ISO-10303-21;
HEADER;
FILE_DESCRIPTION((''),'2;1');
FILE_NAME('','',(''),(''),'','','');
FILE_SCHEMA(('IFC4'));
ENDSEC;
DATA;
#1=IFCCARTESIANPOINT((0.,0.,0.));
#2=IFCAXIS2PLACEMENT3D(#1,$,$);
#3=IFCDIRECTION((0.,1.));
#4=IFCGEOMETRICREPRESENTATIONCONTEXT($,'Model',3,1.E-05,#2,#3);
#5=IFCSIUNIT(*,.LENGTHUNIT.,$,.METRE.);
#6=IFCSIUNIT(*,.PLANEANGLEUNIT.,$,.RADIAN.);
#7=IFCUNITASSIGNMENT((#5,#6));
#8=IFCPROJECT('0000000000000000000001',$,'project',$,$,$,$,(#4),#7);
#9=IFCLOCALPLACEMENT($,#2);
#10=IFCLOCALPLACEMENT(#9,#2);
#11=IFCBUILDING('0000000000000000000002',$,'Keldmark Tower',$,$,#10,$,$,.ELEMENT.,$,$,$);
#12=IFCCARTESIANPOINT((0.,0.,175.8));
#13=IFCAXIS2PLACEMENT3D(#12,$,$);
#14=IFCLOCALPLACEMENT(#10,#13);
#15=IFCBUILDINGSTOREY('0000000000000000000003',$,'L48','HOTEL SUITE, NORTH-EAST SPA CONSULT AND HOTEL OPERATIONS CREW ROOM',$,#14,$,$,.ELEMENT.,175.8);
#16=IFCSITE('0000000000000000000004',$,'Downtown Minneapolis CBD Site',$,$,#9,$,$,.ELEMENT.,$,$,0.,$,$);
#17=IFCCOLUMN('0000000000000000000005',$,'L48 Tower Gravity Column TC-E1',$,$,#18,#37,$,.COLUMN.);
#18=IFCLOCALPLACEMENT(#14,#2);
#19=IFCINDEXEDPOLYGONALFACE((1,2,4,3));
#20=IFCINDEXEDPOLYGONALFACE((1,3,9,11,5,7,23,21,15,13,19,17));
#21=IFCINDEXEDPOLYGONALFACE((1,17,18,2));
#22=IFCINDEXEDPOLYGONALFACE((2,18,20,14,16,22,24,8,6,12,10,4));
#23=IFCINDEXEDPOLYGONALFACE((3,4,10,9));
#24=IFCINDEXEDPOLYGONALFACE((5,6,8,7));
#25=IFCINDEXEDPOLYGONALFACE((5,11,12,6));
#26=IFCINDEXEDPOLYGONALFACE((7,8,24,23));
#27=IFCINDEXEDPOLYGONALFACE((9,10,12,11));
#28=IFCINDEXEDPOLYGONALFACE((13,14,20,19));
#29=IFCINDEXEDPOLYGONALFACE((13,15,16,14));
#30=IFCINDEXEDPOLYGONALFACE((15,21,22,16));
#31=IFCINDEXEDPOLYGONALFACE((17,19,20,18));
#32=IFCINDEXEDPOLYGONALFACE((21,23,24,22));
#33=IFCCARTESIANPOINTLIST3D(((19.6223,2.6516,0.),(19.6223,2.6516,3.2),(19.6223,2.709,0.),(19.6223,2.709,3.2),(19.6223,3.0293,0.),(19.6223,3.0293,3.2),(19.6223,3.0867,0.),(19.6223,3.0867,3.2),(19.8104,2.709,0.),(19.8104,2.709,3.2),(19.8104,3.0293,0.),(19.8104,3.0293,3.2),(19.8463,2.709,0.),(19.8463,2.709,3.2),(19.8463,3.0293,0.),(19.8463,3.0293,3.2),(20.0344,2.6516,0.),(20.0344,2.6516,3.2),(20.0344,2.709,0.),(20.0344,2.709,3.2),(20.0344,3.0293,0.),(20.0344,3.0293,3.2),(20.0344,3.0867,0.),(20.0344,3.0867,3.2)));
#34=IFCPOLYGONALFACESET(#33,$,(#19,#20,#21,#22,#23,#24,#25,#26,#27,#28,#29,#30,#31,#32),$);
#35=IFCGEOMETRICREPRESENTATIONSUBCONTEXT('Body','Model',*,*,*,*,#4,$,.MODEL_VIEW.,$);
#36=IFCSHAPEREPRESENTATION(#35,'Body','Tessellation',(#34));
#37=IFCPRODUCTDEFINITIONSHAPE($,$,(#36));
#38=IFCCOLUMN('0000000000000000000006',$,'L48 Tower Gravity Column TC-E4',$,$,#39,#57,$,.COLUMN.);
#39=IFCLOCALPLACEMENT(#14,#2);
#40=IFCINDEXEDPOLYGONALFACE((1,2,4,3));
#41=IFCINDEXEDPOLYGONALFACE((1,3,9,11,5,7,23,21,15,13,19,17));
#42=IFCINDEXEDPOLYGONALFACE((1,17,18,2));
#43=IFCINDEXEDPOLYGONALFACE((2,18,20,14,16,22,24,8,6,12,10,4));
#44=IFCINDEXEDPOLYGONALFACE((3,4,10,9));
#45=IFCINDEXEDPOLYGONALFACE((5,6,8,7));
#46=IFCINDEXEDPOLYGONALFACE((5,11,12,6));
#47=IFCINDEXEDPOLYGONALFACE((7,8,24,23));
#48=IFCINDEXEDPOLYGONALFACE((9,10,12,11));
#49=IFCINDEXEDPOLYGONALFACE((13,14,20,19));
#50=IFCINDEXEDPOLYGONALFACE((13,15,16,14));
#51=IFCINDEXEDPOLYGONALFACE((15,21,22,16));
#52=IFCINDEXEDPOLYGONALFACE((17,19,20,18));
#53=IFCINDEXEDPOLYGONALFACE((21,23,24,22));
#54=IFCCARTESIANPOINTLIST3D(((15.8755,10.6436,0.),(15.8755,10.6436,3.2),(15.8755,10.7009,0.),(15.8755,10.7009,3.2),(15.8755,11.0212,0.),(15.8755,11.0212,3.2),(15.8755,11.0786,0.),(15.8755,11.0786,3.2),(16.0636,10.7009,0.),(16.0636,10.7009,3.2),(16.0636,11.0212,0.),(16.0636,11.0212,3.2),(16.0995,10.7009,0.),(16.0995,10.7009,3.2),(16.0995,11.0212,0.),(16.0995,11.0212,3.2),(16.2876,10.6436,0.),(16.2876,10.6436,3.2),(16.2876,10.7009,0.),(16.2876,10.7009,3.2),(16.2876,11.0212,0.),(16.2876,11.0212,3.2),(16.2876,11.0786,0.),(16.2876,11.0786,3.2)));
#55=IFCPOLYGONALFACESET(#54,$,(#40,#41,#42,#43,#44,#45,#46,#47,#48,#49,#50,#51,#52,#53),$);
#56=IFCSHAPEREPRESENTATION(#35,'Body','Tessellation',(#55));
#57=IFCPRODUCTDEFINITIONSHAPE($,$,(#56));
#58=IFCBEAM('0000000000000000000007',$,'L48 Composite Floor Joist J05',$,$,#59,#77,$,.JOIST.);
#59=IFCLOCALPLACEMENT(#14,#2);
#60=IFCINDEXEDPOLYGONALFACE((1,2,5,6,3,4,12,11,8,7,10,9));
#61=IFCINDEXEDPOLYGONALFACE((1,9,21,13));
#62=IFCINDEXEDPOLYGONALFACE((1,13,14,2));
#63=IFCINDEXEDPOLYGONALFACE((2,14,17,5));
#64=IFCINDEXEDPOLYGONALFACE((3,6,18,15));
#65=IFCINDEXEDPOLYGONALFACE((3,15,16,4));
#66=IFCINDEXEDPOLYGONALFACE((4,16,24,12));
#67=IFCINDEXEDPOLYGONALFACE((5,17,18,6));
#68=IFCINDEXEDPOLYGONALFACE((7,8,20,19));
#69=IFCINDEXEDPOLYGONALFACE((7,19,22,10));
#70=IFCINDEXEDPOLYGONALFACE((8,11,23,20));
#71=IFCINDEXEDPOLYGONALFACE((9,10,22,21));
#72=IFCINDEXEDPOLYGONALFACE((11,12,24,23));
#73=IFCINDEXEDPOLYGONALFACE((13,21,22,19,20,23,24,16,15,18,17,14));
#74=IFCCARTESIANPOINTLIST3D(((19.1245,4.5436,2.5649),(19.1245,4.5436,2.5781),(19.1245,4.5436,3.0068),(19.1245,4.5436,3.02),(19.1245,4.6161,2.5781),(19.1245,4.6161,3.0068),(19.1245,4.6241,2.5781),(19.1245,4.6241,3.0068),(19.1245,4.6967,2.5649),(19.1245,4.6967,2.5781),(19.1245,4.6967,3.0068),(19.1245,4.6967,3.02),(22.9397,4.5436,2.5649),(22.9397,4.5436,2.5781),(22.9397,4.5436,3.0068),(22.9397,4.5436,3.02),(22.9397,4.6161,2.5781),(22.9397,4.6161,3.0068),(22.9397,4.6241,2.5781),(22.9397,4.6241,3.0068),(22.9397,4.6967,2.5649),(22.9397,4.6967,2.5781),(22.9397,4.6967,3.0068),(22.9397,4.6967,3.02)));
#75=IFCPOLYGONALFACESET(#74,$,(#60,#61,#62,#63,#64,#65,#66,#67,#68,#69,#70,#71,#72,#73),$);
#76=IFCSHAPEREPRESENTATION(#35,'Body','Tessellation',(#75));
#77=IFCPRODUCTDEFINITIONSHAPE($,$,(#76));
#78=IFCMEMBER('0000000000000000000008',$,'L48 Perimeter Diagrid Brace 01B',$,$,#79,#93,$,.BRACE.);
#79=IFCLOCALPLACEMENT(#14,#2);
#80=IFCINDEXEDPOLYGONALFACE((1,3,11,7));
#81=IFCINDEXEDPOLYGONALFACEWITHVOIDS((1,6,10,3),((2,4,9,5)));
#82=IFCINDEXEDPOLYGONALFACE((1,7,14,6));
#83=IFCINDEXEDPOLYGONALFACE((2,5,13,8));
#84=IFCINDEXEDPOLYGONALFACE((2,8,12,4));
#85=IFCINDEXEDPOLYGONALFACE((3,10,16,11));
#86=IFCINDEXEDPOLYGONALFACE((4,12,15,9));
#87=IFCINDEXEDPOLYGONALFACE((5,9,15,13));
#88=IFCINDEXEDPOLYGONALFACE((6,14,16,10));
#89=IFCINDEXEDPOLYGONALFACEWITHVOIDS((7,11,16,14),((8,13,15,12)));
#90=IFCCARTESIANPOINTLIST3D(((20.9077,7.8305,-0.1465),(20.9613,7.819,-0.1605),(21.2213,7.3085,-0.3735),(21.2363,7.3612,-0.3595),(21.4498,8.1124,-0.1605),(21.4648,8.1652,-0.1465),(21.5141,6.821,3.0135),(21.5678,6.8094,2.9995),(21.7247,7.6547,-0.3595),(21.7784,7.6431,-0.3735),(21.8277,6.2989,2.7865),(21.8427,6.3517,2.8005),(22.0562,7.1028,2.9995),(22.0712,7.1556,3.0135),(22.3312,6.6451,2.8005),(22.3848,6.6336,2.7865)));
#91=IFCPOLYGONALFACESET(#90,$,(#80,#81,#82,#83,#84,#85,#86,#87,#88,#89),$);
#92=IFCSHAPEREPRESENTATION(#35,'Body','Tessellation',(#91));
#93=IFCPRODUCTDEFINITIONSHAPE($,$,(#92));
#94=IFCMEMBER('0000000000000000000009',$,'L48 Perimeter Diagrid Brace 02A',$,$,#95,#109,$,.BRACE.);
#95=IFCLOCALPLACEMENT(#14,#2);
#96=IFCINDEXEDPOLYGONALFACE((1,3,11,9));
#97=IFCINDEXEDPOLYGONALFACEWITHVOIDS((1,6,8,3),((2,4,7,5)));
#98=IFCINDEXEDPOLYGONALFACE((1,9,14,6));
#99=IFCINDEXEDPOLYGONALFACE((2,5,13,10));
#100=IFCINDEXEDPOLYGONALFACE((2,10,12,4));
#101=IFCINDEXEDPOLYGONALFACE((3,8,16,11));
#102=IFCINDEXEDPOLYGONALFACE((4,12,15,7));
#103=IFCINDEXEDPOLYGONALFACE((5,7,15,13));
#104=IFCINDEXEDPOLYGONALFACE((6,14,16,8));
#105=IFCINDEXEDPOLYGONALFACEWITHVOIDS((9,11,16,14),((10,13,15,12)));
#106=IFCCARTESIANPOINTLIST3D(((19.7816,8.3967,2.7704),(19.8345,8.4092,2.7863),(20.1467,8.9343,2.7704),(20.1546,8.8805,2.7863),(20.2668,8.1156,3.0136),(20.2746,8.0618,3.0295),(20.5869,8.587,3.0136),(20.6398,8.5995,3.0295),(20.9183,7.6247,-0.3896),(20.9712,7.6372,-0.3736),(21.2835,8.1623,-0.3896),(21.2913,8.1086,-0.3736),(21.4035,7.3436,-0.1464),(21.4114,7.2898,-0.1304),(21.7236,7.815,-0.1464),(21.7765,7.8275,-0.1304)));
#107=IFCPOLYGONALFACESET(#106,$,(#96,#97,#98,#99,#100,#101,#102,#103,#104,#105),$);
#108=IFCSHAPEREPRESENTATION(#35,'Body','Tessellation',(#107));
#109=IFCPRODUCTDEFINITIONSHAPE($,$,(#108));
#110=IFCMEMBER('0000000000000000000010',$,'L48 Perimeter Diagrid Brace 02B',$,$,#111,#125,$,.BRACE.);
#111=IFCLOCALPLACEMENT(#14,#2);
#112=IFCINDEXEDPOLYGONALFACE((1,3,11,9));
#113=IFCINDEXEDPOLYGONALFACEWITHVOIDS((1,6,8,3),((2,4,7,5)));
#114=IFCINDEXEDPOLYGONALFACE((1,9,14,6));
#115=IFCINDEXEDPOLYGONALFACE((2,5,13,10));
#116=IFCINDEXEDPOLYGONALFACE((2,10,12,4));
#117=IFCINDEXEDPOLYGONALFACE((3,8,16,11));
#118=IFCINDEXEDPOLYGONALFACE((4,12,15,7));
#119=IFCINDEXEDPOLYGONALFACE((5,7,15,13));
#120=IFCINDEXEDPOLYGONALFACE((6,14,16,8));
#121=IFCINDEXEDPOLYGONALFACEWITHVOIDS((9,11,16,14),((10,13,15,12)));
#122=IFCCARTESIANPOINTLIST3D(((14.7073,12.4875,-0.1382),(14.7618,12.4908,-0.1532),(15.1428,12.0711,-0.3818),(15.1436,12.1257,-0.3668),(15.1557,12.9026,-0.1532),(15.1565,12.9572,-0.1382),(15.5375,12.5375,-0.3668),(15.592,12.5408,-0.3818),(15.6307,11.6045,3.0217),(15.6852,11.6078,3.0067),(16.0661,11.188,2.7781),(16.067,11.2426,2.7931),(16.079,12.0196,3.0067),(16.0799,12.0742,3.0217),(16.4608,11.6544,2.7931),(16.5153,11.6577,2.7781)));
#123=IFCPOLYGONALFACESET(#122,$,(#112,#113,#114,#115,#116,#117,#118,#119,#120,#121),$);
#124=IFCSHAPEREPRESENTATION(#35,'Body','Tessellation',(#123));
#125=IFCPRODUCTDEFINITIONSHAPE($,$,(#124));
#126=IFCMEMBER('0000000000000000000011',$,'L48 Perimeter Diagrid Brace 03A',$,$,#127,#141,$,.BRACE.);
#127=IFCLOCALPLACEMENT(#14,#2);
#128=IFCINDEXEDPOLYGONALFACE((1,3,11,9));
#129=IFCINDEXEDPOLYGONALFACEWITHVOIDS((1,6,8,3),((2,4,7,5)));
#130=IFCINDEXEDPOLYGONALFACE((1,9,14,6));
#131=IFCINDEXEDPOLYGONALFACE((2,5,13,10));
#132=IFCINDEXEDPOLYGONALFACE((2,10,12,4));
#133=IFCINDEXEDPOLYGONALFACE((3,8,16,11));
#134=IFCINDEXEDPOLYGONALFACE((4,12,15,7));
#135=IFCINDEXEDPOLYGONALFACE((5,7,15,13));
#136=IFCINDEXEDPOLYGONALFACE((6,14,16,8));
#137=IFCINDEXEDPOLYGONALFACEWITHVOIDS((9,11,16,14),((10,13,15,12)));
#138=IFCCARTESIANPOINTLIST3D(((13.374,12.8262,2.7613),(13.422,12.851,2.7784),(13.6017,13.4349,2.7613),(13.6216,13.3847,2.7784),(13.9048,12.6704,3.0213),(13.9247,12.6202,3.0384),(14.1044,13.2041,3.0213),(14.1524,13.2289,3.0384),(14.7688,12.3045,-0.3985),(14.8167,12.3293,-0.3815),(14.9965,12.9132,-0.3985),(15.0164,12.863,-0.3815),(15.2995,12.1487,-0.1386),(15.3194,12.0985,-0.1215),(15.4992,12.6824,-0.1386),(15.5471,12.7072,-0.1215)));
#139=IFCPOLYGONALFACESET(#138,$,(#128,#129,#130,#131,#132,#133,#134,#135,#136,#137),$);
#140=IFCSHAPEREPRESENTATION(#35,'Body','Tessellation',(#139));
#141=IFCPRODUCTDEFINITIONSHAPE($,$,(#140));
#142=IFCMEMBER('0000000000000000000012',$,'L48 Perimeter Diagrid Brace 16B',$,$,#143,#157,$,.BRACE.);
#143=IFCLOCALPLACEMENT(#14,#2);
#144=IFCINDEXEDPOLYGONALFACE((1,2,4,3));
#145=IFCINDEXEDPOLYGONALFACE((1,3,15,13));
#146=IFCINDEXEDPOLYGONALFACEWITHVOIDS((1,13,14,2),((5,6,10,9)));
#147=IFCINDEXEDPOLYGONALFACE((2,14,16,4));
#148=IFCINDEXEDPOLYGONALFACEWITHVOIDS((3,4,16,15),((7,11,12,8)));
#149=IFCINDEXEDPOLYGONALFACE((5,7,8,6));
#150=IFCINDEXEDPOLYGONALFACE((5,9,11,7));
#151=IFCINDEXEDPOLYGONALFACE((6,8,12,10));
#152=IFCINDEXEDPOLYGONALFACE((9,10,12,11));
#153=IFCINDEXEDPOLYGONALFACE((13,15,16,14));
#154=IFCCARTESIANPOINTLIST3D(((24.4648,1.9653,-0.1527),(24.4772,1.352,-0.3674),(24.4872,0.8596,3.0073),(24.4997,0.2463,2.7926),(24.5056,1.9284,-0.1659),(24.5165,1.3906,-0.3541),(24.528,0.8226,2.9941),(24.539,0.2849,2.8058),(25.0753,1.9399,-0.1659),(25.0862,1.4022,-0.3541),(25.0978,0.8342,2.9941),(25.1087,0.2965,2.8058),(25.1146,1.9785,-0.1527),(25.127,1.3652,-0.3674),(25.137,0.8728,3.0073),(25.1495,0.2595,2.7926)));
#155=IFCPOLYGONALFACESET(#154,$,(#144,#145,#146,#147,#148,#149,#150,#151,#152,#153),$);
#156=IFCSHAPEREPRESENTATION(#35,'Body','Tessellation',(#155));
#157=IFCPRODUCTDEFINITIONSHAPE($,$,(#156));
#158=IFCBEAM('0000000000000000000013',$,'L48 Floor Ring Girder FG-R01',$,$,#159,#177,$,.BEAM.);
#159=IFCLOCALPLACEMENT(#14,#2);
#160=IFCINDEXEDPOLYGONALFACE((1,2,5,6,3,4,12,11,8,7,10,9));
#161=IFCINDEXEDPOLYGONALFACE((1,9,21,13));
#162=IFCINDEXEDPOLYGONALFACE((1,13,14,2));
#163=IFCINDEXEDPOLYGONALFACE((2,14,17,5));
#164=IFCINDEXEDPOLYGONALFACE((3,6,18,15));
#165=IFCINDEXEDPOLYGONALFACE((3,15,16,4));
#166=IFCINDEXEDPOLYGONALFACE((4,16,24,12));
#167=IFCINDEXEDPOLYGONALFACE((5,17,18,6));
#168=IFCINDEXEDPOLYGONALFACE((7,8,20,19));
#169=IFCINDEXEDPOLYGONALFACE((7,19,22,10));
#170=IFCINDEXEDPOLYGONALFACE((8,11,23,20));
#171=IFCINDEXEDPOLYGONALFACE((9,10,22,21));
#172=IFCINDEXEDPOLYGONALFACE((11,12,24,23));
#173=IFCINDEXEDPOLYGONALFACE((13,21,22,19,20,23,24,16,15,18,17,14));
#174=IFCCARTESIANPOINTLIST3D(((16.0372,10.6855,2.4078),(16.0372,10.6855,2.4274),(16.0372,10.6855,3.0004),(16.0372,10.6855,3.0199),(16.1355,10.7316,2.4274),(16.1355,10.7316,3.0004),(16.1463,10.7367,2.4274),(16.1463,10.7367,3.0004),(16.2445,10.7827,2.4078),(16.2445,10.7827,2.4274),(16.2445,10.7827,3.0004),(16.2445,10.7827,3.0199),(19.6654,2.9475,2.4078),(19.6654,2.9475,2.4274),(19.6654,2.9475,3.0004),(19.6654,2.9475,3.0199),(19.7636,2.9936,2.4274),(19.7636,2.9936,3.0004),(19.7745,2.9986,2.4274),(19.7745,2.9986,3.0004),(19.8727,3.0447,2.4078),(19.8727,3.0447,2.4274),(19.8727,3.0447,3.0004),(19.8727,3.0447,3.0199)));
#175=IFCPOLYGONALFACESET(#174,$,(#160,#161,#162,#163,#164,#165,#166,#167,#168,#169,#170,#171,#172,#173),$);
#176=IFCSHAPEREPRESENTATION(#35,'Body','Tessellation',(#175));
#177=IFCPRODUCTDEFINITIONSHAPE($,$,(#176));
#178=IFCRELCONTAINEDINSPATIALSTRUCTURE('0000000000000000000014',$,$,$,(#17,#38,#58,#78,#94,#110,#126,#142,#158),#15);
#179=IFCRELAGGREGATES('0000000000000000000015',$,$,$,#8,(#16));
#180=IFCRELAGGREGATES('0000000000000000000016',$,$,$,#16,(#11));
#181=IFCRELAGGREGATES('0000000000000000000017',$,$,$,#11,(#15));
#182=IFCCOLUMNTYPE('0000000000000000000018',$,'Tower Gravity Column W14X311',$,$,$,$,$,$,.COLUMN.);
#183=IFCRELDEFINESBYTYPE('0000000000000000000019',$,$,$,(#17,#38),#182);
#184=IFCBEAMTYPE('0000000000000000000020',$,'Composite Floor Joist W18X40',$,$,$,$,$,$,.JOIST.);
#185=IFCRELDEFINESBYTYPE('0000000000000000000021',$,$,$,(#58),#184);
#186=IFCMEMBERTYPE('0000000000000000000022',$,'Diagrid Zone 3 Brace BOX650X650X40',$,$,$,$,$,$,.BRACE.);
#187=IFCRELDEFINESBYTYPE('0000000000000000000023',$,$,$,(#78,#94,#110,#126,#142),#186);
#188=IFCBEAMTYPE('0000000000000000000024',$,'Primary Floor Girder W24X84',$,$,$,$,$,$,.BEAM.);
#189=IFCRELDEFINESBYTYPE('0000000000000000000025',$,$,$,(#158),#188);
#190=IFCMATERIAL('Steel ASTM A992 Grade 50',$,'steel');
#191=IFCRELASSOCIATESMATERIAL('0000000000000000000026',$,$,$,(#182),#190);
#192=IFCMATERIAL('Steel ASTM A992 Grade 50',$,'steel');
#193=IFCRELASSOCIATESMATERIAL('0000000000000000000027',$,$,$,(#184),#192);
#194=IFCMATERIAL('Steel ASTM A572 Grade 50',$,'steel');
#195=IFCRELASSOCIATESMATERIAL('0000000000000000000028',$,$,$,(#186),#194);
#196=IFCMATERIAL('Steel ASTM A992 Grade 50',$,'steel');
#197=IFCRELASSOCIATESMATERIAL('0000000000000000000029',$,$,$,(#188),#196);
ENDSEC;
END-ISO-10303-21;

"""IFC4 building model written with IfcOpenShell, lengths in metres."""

from ifc_helpers import new_model, si_unit, direction, frame, origin, origin_2d, place, context, subcontext, project, spatial, hollow_rectangle, i_section, extrude, material, material_profile, profile_set, type_object, element, save


model = new_model("IFC4")

# Units and contexts
model_context = context("Model", 3, precision=1e-05, world=origin(), true_north=direction((0.0, 1.0)))
body_context = subcontext(model_context, "Body", "Model", "MODEL_VIEW")
ifc_project = project(units=[si_unit("LENGTHUNIT", "METRE"), si_unit("PLANEANGLEUNIT", "RADIAN")], contexts=[model_context])

# Site, building, storey
site_placement = place(None, origin())
site = spatial("IfcSite", under=ifc_project, at=site_placement, Name="Downtown Minneapolis CBD Site", CompositionType="ELEMENT", RefElevation=0.0)
building_placement = place(site_placement, origin())
building = spatial("IfcBuilding", under=site, at=building_placement, Name="Keldmark Tower", CompositionType="ELEMENT")
storey_placement = place(building_placement, frame((0.0, 0.0, 175.8)))
storey = spatial("IfcBuildingStorey", under=building, at=storey_placement, Name="L48", Description="HOTEL SUITE, NORTH-EAST SPA CONSULT AND HOTEL OPERATIONS CREW ROOM", CompositionType="ELEMENT", Elevation=175.8)

# Columns
ifc_material_1 = material(Name="Steel ASTM A992 Grade 50", Category="steel")
ifc_material_profile_1 = material_profile(ifc_material_1, i_section(OverallWidth=0.4121, OverallDepth=0.4351, WebThickness=0.0359, FlangeThickness=0.0574, at=origin_2d()), Name="W14X311")
ifc_profile_set_1 = profile_set([ifc_material_profile_1], Name="Steel ASTM A992 Grade 50")
column_type = type_object("IfcColumnType", Name="Tower Gravity Column W14X311", PredefinedType="COLUMN", material=ifc_profile_set_1)
for number, where, z_axis, x_axis, name in (
    (1, (19.8284, 2.8691, 0.0), (0.0, 0.0, 1.0), (1.0, 0.0, 0.0), "L48 Tower Gravity Column TC-E1"),
    (2, (16.0815, 10.8611, 0.0), (0.0, 0.0, 1.0), (1.0, 0.0, 0.0), "L48 Tower Gravity Column TC-E4"),
):
    element("IfcColumn", number, at=place(storey_placement, frame(where, z_axis=z_axis, x_axis=x_axis)), inside=storey, type_object=column_type, Name=name, PredefinedType="COLUMN", context=body_context, shape_type="SweptSolid", body=[
        extrude(i_section(OverallWidth=0.4121, OverallDepth=0.4351, WebThickness=0.0359, FlangeThickness=0.0574, at=origin_2d()), origin(), (0.0, 0.0, 1.0), 3.2),
    ])

# Beam
ifc_material_2 = material(Name="Steel ASTM A992 Grade 50", Category="steel")
ifc_material_profile_2 = material_profile(ifc_material_2, i_section(OverallWidth=0.1531, OverallDepth=0.4551, WebThickness=0.0081, FlangeThickness=0.0132, at=origin_2d()), Name="W18X40")
ifc_profile_set_2 = profile_set([ifc_material_profile_2], Name="Steel ASTM A992 Grade 50")
beam_type_1 = type_object("IfcBeamType", Name="Composite Floor Joist W18X40", PredefinedType="JOIST", material=ifc_profile_set_2)
beam_1_placement = place(storey_placement, frame((19.1245, 4.6201, 2.7925), z_axis=(1.0, 0.0, 0.0), x_axis=(0.0, 1.0, 0.0)))
element("IfcBeam", 3, at=beam_1_placement, inside=storey, type_object=beam_type_1, Name="L48 Composite Floor Joist J05", PredefinedType="JOIST", context=body_context, shape_type="SweptSolid", body=[
    extrude(i_section(OverallWidth=0.1531, OverallDepth=0.4551, WebThickness=0.0081, FlangeThickness=0.0132, at=origin_2d()), origin(), (0.0, 0.0, 1.0), 3.8152),
])

# Members
ifc_material_3 = material(Name="Steel ASTM A572 Grade 50", Category="steel")
ifc_material_profile_3 = material_profile(ifc_material_3, hollow_rectangle(XDim=0.6499, YDim=0.6499, WallThickness=0.04, at=origin_2d()), Name="BOX650X650X40")
ifc_profile_set_3 = profile_set([ifc_material_profile_3], Name="Steel ASTM A572 Grade 50")
member_type = type_object("IfcMemberType", Name="Diagrid Zone 3 Brace BOX650X650X40", PredefinedType="BRACE", material=ifc_profile_set_3)
member_1_placement = place(storey_placement, frame((21.343, 7.7368, -0.26), z_axis=(0.179835, -0.299363, 0.937039), x_axis=(0.857218, 0.514953, 0.0)))
element("IfcMember", 4, at=member_1_placement, inside=storey, type_object=member_type, Name="L48 Perimeter Diagrid Brace 01B", PredefinedType="BRACE", context=body_context, shape_type="SweptSolid", body=[
    extrude(hollow_rectangle(XDim=0.6499, YDim=0.6499, WallThickness=0.04, at=origin_2d()), origin(), (0.0, 0.0, 1.0), 3.3723),
])
member_2_placement = place(storey_placement, frame((21.3474, 7.7261, -0.26), z_axis=(-0.329891, 0.224037, 0.917049), x_axis=(-0.561814, -0.827263, 0.0)))
element("IfcMember", 5, at=member_2_placement, inside=storey, type_object=member_type, Name="L48 Perimeter Diagrid Brace 02A", PredefinedType="BRACE", context=body_context, shape_type="SweptSolid", body=[
    extrude(hollow_rectangle(XDim=0.6499, YDim=0.6499, WallThickness=0.04, at=origin_2d()), origin(), (0.0, 0.0, 1.0), 3.4458),
])
member_3_placement = place(storey_placement, frame((15.1497, 12.5142, -0.26), z_axis=(0.270899, -0.25908, 0.927087), x_axis=(0.691166, 0.722696, 0.0)))
element("IfcMember", 6, at=member_3_placement, inside=storey, type_object=member_type, Name="L48 Perimeter Diagrid Brace 02B", PredefinedType="BRACE", context=body_context, shape_type="SweptSolid", body=[
    extrude(hollow_rectangle(XDim=0.6499, YDim=0.6499, WallThickness=0.04, at=origin_2d()), origin(), (0.0, 0.0, 1.0), 3.4084),
])
member_4_placement = place(storey_placement, frame((15.158, 12.5059, -0.26), z_axis=(-0.39928, 0.149354, 0.904582), x_axis=(-0.350351, -0.936619, 0.0)))
element("IfcMember", 7, at=member_4_placement, inside=storey, type_object=member_type, Name="L48 Perimeter Diagrid Brace 03A", PredefinedType="BRACE", context=body_context, shape_type="SweptSolid", body=[
    extrude(hollow_rectangle(XDim=0.6499, YDim=0.6499, WallThickness=0.04, at=origin_2d()), origin(), (0.0, 0.0, 1.0), 3.4932),
])
member_5_placement = place(storey_placement, frame((24.7959, 1.6653, -0.26), z_axis=(0.006709, -0.330275, 0.943861), x_axis=(0.999794, 0.020309, 0.0)))
element("IfcMember", 8, at=member_5_placement, inside=storey, type_object=member_type, Name="L48 Perimeter Diagrid Brace 16B", PredefinedType="BRACE", context=body_context, shape_type="SweptSolid", body=[
    extrude(hollow_rectangle(XDim=0.6499, YDim=0.6499, WallThickness=0.04, at=origin_2d()), origin(), (0.0, 0.0, 1.0), 3.3479),
])

# Beam
ifc_material_4 = material(Name="Steel ASTM A992 Grade 50", Category="steel")
ifc_material_profile_4 = material_profile(ifc_material_4, i_section(OverallWidth=0.229, OverallDepth=0.6121, WebThickness=0.012, FlangeThickness=0.0195, at=origin_2d()), Name="W24X84")
ifc_profile_set_4 = profile_set([ifc_material_profile_4], Name="Steel ASTM A992 Grade 50")
beam_type_2 = type_object("IfcBeamType", Name="Primary Floor Girder W24X84", PredefinedType="BEAM", material=ifc_profile_set_4)
beam_2_placement = place(storey_placement, frame((19.769, 2.9961, 2.7139), z_axis=(-0.424527, 0.905415, 0.0), x_axis=(-0.905415, -0.424527, 0.0)))
element("IfcBeam", 9, at=beam_2_placement, inside=storey, type_object=beam_type_2, Name="L48 Floor Ring Girder FG-R01", PredefinedType="BEAM", context=body_context, shape_type="SweptSolid", body=[
    extrude(i_section(OverallWidth=0.229, OverallDepth=0.6121, WebThickness=0.012, FlangeThickness=0.0195, at=origin_2d()), origin(), (0.0, 0.0, 1.0), 8.5464),
])

save(model, "model.ifc")
